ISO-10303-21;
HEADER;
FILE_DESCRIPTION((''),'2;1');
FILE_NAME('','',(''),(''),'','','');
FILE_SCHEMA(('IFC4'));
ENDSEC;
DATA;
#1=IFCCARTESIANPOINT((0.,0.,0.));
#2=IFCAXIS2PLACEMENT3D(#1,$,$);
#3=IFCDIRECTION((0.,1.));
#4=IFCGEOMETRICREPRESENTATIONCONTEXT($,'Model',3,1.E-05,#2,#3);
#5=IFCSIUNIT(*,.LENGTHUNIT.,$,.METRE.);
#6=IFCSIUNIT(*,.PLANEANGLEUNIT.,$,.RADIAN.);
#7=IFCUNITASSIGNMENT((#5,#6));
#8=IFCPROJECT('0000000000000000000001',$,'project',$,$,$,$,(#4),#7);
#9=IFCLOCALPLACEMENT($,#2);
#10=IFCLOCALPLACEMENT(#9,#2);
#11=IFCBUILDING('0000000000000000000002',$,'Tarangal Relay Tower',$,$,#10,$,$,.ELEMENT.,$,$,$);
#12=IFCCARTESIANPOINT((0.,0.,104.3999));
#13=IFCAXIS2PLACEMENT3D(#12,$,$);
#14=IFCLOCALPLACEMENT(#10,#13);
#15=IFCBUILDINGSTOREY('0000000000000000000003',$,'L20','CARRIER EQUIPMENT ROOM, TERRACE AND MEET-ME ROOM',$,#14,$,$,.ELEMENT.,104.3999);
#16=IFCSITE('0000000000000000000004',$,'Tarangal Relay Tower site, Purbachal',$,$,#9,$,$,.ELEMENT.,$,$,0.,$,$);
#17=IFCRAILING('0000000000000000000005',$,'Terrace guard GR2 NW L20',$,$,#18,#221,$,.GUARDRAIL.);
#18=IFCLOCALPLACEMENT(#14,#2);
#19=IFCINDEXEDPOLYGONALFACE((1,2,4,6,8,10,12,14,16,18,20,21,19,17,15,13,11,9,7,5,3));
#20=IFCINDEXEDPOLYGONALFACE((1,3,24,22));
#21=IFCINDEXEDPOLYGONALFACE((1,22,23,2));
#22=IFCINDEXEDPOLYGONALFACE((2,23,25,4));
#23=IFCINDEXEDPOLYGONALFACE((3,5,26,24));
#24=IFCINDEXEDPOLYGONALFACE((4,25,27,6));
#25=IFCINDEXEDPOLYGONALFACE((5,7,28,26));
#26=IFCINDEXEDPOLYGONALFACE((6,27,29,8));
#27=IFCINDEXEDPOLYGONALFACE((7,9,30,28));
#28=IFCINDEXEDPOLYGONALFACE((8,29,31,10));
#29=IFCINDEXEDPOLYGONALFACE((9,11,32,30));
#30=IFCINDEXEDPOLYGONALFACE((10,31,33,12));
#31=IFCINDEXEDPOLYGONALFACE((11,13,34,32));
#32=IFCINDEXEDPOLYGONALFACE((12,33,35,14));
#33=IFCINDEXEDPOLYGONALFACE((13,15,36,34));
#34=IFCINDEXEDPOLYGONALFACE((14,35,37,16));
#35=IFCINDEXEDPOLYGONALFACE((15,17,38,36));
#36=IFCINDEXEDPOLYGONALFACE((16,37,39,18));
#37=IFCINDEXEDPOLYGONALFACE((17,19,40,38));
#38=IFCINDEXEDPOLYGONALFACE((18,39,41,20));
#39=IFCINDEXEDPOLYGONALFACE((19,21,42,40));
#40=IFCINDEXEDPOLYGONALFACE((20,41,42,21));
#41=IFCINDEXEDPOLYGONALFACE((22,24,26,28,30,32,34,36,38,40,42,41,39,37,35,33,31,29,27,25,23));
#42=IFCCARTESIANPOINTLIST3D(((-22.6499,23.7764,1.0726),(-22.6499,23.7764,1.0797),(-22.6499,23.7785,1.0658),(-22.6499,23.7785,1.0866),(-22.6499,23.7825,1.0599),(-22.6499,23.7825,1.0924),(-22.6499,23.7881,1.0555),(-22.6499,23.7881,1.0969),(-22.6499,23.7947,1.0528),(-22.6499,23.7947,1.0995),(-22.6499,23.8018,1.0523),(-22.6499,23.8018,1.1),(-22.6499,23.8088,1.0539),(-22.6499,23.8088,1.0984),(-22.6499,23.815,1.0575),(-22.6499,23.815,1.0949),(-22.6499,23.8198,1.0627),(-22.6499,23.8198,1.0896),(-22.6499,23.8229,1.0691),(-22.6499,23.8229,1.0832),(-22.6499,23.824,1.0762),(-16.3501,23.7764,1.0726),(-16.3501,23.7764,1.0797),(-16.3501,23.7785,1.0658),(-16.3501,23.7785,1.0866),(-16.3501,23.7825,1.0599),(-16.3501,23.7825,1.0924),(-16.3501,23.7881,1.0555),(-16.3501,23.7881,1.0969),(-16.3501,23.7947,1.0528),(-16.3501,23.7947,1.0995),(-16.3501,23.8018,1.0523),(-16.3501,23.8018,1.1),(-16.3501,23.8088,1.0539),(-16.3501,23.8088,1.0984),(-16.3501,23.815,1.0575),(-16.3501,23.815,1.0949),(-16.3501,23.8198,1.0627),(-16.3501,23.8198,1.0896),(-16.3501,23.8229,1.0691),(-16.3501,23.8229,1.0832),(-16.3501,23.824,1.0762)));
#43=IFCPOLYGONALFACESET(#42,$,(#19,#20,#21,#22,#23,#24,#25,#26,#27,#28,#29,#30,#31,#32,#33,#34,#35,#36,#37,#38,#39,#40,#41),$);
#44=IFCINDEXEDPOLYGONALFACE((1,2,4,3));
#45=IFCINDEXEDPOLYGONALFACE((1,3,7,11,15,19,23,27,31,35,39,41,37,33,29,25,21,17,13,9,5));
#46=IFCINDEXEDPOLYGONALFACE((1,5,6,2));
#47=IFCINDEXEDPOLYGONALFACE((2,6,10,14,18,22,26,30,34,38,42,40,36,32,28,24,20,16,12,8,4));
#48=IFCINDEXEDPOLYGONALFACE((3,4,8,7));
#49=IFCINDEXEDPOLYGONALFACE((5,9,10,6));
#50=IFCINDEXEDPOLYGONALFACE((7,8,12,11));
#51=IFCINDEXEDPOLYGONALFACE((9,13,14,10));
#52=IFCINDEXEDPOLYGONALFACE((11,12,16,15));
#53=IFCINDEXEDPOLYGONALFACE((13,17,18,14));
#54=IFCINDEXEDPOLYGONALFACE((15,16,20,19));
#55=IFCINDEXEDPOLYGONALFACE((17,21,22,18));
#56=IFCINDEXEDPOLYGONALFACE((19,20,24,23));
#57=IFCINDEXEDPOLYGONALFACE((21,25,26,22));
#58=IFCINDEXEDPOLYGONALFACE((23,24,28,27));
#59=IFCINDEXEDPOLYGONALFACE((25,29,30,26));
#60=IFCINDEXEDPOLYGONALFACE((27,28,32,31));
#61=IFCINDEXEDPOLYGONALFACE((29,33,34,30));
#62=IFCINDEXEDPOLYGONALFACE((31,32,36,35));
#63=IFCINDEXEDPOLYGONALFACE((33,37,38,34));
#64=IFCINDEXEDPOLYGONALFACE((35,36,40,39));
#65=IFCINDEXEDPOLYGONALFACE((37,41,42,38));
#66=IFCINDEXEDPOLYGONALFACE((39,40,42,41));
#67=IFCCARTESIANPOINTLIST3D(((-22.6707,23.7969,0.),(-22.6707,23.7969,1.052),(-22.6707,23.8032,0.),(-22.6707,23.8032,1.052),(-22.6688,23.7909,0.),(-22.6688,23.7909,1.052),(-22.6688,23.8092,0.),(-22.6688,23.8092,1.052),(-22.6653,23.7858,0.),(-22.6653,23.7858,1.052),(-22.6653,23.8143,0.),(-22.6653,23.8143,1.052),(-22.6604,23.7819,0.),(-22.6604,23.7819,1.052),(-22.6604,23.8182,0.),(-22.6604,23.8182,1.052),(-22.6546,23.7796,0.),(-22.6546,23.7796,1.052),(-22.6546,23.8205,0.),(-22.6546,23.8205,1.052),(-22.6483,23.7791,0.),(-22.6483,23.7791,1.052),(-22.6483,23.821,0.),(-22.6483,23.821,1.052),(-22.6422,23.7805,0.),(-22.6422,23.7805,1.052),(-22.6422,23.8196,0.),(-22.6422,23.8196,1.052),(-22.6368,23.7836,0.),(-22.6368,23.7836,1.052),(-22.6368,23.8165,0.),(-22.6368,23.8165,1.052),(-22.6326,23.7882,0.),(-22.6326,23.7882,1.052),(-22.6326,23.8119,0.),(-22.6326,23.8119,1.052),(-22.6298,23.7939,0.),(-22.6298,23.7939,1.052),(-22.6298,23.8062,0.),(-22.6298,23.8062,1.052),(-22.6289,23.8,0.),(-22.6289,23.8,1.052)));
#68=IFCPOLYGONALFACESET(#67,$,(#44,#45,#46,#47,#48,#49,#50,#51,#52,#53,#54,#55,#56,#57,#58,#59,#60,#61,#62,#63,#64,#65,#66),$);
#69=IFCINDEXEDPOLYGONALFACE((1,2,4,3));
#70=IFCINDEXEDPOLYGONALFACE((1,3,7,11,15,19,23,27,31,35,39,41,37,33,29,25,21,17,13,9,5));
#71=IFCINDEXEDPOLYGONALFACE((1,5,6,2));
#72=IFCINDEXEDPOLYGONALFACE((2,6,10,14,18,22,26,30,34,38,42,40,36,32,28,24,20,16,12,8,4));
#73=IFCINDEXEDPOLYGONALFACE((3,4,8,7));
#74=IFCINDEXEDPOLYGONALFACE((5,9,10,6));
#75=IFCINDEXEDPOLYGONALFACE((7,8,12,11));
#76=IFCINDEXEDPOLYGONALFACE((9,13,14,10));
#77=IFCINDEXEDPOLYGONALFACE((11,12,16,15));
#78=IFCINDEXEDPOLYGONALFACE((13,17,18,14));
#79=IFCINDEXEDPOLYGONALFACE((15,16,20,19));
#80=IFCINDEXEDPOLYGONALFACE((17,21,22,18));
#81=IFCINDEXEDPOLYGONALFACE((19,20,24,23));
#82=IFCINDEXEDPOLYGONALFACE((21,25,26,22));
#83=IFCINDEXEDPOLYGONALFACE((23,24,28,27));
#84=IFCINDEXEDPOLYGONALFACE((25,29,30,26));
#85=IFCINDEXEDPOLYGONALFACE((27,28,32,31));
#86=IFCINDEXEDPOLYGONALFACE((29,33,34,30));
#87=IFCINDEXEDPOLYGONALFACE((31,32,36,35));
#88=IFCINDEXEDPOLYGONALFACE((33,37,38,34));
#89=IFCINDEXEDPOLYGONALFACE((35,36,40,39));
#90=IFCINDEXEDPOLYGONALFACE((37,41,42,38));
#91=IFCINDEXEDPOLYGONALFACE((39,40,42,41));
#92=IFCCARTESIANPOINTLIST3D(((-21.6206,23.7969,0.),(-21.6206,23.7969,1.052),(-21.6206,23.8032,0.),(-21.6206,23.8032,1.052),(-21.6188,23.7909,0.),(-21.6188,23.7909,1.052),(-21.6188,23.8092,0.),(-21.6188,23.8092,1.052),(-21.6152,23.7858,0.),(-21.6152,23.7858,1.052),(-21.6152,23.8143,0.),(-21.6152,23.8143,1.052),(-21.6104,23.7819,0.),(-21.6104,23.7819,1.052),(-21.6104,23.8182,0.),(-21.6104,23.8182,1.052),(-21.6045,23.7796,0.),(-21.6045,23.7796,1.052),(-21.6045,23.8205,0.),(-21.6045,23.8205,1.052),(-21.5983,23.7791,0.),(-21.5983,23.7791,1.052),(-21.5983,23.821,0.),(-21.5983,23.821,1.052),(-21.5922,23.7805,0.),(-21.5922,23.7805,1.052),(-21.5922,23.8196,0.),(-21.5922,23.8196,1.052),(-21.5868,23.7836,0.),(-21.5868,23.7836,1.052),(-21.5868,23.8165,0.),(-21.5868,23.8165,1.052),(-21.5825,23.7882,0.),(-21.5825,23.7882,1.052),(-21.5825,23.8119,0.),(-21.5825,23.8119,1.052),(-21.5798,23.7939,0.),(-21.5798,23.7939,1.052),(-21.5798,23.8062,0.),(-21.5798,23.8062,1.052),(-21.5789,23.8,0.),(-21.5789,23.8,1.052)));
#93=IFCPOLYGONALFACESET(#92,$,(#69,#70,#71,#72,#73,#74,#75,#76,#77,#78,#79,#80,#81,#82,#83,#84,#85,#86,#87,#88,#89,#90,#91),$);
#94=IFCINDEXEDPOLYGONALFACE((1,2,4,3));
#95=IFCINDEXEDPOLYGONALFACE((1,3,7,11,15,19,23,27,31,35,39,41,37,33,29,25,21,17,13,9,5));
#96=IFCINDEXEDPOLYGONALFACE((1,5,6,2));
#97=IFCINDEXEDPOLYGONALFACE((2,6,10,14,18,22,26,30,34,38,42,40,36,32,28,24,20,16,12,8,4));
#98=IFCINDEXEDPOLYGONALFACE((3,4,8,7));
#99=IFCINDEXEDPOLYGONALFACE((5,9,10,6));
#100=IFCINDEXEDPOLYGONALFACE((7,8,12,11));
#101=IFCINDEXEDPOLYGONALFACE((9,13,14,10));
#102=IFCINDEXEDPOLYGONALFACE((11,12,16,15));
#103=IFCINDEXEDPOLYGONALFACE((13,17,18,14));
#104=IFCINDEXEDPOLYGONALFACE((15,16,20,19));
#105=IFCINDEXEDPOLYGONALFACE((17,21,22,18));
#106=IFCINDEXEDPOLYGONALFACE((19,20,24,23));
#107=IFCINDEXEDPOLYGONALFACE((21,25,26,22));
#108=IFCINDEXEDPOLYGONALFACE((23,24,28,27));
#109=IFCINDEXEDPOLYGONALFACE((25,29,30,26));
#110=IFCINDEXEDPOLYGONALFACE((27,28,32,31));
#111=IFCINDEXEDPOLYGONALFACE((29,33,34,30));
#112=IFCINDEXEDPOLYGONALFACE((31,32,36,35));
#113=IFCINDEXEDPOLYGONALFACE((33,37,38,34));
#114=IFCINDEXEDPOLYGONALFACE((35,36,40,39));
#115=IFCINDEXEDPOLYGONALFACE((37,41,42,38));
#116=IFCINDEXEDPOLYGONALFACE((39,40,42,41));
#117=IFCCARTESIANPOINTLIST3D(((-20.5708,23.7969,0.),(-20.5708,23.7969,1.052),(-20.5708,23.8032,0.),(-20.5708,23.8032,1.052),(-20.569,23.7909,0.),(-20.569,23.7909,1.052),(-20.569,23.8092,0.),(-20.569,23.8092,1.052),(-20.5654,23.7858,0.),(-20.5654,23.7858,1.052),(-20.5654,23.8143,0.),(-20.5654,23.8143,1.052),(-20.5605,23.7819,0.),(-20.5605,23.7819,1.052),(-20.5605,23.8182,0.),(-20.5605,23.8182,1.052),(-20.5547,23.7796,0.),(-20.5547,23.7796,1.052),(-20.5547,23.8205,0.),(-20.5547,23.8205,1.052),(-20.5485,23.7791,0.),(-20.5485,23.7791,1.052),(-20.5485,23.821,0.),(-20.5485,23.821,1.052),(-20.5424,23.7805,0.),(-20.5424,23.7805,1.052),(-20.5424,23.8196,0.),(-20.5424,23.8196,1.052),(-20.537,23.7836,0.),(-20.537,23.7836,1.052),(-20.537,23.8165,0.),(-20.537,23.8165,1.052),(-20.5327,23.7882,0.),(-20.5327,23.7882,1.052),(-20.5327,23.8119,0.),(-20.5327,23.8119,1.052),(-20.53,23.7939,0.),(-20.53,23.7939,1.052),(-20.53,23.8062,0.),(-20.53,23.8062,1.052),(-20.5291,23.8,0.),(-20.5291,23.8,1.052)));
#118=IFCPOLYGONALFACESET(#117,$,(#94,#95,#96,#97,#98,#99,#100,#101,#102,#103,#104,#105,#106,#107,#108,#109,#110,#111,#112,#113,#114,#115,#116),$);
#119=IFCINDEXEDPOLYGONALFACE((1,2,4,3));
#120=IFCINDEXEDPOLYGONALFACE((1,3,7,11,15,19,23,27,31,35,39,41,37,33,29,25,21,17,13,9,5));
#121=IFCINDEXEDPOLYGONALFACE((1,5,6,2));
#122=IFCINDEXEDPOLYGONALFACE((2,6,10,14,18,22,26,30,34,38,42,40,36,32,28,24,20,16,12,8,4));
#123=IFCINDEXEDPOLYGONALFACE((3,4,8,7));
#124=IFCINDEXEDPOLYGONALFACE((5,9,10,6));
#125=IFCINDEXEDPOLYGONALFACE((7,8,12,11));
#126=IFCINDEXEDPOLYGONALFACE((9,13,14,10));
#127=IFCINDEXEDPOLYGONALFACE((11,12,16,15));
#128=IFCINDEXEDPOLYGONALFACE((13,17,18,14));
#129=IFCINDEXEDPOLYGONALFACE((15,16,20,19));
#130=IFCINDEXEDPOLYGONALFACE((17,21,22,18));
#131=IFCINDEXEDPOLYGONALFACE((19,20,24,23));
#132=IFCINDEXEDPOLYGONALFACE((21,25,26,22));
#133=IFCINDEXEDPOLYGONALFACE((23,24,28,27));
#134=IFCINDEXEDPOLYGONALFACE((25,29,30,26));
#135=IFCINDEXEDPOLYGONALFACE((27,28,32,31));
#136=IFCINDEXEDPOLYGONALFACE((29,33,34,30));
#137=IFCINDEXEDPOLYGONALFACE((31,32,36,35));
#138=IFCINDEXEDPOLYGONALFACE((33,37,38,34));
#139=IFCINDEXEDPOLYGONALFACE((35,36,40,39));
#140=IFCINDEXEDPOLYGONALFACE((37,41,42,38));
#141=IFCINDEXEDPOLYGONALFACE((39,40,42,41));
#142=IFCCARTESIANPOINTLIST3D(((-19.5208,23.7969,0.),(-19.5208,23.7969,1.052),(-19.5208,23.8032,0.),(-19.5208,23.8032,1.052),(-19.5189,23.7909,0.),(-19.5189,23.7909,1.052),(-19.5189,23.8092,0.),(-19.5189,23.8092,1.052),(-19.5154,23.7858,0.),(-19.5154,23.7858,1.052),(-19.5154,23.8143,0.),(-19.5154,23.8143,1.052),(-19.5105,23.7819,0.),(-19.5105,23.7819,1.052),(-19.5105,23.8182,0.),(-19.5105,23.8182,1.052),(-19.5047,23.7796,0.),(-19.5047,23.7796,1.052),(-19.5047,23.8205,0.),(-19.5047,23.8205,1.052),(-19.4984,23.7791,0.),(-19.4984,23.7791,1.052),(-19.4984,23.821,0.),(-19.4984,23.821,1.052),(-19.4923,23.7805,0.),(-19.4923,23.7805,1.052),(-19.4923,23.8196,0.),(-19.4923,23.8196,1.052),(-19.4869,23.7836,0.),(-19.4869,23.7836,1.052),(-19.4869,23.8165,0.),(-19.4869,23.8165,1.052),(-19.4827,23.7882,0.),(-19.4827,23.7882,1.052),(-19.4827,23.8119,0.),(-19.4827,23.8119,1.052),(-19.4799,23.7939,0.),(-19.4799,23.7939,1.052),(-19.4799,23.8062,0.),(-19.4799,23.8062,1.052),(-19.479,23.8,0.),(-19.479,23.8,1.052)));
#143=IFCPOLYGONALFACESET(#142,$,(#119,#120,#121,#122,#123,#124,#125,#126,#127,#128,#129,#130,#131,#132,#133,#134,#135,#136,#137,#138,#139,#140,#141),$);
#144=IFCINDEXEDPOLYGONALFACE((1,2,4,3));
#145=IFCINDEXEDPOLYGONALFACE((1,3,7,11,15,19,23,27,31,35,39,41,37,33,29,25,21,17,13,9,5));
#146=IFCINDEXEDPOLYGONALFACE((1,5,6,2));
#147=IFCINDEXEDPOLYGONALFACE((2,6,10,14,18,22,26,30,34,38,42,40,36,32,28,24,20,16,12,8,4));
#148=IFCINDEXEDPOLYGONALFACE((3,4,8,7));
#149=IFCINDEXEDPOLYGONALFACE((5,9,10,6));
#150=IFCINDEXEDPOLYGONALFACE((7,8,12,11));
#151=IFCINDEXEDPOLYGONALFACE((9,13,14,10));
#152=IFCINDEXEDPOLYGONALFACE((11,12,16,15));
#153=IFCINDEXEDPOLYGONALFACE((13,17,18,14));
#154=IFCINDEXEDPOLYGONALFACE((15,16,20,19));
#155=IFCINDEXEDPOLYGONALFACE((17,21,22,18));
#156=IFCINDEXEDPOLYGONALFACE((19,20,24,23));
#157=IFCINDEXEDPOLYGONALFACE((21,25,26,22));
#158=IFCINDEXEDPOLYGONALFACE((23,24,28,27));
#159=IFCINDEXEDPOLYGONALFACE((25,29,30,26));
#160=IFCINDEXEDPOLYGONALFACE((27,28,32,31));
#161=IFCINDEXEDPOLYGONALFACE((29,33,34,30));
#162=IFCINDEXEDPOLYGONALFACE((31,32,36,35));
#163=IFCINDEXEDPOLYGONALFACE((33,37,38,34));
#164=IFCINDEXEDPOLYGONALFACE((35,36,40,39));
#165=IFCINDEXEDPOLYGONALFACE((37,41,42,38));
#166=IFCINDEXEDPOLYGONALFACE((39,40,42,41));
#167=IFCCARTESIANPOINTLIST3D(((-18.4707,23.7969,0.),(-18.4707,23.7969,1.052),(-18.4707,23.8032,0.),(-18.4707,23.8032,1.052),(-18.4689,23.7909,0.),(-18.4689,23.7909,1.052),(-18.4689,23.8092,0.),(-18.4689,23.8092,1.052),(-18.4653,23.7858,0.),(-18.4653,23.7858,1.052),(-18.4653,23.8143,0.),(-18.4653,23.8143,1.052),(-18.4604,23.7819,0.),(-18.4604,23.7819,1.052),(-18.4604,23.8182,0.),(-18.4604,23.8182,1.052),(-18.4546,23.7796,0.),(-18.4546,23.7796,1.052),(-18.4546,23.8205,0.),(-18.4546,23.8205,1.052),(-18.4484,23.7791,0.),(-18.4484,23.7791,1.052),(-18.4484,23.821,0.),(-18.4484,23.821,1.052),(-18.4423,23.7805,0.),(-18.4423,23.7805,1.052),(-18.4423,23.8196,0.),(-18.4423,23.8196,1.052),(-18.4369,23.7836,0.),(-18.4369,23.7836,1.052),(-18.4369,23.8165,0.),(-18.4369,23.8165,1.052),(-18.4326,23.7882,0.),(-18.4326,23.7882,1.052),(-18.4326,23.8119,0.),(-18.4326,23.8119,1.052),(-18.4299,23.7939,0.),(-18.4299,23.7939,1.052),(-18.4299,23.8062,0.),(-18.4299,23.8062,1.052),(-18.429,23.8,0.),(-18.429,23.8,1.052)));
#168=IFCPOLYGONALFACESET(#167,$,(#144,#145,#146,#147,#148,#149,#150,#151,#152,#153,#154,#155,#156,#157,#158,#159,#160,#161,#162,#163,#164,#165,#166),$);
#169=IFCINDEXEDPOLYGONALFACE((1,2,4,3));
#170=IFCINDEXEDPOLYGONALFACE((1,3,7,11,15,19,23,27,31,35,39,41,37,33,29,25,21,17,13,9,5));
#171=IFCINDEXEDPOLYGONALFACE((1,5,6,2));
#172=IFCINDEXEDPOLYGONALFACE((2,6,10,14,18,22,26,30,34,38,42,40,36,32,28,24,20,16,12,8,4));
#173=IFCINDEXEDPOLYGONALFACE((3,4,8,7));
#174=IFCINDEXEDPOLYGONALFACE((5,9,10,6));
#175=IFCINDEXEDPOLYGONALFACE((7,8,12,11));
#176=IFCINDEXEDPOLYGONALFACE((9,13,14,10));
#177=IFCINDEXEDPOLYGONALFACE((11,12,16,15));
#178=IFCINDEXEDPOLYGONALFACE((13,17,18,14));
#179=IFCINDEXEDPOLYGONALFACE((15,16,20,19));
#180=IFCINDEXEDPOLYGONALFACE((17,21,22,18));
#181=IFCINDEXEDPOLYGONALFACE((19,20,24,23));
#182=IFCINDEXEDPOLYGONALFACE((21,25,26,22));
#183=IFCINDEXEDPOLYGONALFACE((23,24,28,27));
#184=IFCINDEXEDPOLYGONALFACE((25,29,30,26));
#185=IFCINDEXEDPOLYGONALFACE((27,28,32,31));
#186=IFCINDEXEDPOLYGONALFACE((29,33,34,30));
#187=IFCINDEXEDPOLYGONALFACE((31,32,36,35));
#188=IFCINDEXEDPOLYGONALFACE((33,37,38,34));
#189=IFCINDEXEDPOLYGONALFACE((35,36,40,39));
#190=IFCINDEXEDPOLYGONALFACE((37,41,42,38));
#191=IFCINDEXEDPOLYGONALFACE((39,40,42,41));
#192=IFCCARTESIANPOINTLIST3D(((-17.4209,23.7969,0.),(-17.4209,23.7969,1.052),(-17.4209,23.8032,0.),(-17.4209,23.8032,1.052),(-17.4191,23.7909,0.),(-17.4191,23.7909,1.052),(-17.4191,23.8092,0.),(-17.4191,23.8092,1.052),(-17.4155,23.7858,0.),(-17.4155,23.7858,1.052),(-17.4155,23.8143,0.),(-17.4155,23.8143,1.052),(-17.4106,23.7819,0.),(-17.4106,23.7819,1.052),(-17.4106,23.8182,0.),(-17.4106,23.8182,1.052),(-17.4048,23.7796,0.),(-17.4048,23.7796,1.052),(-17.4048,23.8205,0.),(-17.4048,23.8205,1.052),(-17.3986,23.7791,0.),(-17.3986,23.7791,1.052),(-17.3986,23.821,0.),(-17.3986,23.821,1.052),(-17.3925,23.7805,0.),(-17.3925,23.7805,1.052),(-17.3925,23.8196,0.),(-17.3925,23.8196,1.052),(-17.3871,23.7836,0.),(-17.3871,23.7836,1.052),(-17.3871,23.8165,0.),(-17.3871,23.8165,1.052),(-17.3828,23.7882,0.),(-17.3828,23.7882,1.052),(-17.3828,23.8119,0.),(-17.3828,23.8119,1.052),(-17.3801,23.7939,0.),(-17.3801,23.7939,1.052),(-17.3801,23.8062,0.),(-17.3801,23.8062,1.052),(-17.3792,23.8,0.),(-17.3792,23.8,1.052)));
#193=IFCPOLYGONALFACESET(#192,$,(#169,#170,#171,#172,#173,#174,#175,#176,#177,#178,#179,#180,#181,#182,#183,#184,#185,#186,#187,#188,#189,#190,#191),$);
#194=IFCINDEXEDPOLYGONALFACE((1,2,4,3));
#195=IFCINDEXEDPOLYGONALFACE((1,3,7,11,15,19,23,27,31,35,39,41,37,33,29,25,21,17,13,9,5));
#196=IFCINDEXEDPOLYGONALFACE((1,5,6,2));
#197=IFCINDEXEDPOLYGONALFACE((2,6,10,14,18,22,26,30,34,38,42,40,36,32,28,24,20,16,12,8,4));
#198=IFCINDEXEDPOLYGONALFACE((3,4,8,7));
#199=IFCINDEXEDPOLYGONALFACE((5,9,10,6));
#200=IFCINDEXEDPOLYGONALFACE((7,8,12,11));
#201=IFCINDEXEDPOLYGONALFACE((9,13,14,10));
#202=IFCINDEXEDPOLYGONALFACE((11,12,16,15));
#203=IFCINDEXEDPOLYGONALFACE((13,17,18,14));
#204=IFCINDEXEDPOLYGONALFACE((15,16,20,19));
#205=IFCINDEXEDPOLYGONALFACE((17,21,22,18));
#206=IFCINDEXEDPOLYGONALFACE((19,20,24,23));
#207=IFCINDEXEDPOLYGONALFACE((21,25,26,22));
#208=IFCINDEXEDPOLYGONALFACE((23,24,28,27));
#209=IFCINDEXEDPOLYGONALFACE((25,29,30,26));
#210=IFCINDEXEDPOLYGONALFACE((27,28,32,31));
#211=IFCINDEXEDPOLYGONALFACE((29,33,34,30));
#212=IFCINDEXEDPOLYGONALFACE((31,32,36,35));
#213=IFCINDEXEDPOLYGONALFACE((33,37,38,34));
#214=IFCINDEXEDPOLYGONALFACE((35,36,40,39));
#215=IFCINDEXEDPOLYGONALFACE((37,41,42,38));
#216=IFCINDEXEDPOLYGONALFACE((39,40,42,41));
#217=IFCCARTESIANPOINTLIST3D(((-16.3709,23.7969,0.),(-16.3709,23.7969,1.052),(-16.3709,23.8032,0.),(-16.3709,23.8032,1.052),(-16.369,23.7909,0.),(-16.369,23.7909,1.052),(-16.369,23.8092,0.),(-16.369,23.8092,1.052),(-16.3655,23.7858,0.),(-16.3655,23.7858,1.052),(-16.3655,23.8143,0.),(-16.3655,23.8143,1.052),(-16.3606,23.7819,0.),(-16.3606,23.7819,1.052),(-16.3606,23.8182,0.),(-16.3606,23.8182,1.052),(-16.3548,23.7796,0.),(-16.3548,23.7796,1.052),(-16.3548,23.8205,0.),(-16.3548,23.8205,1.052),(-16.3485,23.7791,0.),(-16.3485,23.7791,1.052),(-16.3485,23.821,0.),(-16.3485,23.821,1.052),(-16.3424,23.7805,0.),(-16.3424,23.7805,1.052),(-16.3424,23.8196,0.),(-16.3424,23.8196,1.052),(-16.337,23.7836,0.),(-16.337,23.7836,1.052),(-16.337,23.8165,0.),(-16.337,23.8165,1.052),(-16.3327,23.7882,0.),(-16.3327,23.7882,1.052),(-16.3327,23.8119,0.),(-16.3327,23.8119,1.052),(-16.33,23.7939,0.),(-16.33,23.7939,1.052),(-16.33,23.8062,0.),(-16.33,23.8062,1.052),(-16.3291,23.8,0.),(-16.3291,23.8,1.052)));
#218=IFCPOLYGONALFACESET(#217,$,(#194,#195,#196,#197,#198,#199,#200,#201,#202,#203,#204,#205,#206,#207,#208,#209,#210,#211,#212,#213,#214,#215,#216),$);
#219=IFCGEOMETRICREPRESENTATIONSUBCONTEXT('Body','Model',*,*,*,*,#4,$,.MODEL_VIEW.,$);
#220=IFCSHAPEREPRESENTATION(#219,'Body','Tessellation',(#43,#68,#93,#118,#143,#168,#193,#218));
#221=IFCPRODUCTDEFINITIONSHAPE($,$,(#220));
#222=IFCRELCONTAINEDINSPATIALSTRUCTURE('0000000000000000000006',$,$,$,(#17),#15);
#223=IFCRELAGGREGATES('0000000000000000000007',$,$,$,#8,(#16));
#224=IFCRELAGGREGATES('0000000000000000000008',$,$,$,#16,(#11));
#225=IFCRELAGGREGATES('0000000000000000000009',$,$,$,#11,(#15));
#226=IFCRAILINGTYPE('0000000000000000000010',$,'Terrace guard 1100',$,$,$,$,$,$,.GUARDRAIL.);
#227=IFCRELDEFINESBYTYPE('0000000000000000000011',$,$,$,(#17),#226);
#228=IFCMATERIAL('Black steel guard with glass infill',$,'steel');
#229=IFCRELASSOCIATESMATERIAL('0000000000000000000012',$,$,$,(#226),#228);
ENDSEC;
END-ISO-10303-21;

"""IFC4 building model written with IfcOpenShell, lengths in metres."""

from ifc_helpers import new_model, si_unit, direction, frame, origin, origin_2d, place, context, subcontext, project, spatial, circle, extrude, material, type_object, element, save


model = new_model("IFC4")

# Units and contexts
model_context = context("Model", 3, precision=1e-05, world=origin(), true_north=direction((0.0, 1.0)))
body_context = subcontext(model_context, "Body", "Model", "MODEL_VIEW")
ifc_project = project(units=[si_unit("LENGTHUNIT", "METRE"), si_unit("PLANEANGLEUNIT", "RADIAN")], contexts=[model_context])

# Site, building, storey
site_placement = place(None, origin())
site = spatial("IfcSite", under=ifc_project, at=site_placement, Name="Tarangal Relay Tower site, Purbachal", CompositionType="ELEMENT", RefElevation=0.0)
building_placement = place(site_placement, origin())
building = spatial("IfcBuilding", under=site, at=building_placement, Name="Tarangal Relay Tower", CompositionType="ELEMENT")
storey_placement = place(building_placement, frame((0.0, 0.0, 104.3999)))
storey = spatial("IfcBuildingStorey", under=building, at=storey_placement, Name="L20", Description="CARRIER EQUIPMENT ROOM, TERRACE AND MEET-ME ROOM", CompositionType="ELEMENT", Elevation=104.3999)

# Railing
ifc_material_1 = material(Name="Black steel guard with glass infill", Category="steel")
railing_type = type_object("IfcRailingType", Name="Terrace guard 1100", PredefinedType="GUARDRAIL", material=ifc_material_1)
railing_1_placement = place(storey_placement, frame((-22.6499, 23.8, 0.0)))
element("IfcRailing", 1, at=railing_1_placement, inside=storey, type_object=railing_type, Name="Terrace guard GR2 NW L20", PredefinedType="GUARDRAIL", context=body_context, shape_type="SweptSolid", body=[
    extrude(circle(Radius=0.0239, at=origin_2d()), frame((0.0, 0.0, 1.0762), z_axis=(1.0, 0.0, 0.0), x_axis=(0.0, 1.0, 0.0)), (0.0, 0.0, 1.0), 6.2998),
    extrude(circle(Radius=0.021, at=origin_2d()), origin(), (0.0, 0.0, 1.0), 1.052),
    extrude(circle(Radius=0.021, at=origin_2d()), frame((1.05, 0.0, 0.0)), (0.0, 0.0, 1.0), 1.052),
    extrude(circle(Radius=0.021, at=origin_2d()), frame((2.0999, 0.0, 0.0)), (0.0, 0.0, 1.0), 1.052),
    extrude(circle(Radius=0.021, at=origin_2d()), frame((3.1499, 0.0, 0.0)), (0.0, 0.0, 1.0), 1.052),
    extrude(circle(Radius=0.021, at=origin_2d()), frame((4.2, 0.0, 0.0)), (0.0, 0.0, 1.0), 1.052),
    extrude(circle(Radius=0.021, at=origin_2d()), frame((5.2498, 0.0, 0.0)), (0.0, 0.0, 1.0), 1.052),
    extrude(circle(Radius=0.021, at=origin_2d()), frame((6.2998, 0.0, 0.0)), (0.0, 0.0, 1.0), 1.052),
])

save(model, "model.ifc")
